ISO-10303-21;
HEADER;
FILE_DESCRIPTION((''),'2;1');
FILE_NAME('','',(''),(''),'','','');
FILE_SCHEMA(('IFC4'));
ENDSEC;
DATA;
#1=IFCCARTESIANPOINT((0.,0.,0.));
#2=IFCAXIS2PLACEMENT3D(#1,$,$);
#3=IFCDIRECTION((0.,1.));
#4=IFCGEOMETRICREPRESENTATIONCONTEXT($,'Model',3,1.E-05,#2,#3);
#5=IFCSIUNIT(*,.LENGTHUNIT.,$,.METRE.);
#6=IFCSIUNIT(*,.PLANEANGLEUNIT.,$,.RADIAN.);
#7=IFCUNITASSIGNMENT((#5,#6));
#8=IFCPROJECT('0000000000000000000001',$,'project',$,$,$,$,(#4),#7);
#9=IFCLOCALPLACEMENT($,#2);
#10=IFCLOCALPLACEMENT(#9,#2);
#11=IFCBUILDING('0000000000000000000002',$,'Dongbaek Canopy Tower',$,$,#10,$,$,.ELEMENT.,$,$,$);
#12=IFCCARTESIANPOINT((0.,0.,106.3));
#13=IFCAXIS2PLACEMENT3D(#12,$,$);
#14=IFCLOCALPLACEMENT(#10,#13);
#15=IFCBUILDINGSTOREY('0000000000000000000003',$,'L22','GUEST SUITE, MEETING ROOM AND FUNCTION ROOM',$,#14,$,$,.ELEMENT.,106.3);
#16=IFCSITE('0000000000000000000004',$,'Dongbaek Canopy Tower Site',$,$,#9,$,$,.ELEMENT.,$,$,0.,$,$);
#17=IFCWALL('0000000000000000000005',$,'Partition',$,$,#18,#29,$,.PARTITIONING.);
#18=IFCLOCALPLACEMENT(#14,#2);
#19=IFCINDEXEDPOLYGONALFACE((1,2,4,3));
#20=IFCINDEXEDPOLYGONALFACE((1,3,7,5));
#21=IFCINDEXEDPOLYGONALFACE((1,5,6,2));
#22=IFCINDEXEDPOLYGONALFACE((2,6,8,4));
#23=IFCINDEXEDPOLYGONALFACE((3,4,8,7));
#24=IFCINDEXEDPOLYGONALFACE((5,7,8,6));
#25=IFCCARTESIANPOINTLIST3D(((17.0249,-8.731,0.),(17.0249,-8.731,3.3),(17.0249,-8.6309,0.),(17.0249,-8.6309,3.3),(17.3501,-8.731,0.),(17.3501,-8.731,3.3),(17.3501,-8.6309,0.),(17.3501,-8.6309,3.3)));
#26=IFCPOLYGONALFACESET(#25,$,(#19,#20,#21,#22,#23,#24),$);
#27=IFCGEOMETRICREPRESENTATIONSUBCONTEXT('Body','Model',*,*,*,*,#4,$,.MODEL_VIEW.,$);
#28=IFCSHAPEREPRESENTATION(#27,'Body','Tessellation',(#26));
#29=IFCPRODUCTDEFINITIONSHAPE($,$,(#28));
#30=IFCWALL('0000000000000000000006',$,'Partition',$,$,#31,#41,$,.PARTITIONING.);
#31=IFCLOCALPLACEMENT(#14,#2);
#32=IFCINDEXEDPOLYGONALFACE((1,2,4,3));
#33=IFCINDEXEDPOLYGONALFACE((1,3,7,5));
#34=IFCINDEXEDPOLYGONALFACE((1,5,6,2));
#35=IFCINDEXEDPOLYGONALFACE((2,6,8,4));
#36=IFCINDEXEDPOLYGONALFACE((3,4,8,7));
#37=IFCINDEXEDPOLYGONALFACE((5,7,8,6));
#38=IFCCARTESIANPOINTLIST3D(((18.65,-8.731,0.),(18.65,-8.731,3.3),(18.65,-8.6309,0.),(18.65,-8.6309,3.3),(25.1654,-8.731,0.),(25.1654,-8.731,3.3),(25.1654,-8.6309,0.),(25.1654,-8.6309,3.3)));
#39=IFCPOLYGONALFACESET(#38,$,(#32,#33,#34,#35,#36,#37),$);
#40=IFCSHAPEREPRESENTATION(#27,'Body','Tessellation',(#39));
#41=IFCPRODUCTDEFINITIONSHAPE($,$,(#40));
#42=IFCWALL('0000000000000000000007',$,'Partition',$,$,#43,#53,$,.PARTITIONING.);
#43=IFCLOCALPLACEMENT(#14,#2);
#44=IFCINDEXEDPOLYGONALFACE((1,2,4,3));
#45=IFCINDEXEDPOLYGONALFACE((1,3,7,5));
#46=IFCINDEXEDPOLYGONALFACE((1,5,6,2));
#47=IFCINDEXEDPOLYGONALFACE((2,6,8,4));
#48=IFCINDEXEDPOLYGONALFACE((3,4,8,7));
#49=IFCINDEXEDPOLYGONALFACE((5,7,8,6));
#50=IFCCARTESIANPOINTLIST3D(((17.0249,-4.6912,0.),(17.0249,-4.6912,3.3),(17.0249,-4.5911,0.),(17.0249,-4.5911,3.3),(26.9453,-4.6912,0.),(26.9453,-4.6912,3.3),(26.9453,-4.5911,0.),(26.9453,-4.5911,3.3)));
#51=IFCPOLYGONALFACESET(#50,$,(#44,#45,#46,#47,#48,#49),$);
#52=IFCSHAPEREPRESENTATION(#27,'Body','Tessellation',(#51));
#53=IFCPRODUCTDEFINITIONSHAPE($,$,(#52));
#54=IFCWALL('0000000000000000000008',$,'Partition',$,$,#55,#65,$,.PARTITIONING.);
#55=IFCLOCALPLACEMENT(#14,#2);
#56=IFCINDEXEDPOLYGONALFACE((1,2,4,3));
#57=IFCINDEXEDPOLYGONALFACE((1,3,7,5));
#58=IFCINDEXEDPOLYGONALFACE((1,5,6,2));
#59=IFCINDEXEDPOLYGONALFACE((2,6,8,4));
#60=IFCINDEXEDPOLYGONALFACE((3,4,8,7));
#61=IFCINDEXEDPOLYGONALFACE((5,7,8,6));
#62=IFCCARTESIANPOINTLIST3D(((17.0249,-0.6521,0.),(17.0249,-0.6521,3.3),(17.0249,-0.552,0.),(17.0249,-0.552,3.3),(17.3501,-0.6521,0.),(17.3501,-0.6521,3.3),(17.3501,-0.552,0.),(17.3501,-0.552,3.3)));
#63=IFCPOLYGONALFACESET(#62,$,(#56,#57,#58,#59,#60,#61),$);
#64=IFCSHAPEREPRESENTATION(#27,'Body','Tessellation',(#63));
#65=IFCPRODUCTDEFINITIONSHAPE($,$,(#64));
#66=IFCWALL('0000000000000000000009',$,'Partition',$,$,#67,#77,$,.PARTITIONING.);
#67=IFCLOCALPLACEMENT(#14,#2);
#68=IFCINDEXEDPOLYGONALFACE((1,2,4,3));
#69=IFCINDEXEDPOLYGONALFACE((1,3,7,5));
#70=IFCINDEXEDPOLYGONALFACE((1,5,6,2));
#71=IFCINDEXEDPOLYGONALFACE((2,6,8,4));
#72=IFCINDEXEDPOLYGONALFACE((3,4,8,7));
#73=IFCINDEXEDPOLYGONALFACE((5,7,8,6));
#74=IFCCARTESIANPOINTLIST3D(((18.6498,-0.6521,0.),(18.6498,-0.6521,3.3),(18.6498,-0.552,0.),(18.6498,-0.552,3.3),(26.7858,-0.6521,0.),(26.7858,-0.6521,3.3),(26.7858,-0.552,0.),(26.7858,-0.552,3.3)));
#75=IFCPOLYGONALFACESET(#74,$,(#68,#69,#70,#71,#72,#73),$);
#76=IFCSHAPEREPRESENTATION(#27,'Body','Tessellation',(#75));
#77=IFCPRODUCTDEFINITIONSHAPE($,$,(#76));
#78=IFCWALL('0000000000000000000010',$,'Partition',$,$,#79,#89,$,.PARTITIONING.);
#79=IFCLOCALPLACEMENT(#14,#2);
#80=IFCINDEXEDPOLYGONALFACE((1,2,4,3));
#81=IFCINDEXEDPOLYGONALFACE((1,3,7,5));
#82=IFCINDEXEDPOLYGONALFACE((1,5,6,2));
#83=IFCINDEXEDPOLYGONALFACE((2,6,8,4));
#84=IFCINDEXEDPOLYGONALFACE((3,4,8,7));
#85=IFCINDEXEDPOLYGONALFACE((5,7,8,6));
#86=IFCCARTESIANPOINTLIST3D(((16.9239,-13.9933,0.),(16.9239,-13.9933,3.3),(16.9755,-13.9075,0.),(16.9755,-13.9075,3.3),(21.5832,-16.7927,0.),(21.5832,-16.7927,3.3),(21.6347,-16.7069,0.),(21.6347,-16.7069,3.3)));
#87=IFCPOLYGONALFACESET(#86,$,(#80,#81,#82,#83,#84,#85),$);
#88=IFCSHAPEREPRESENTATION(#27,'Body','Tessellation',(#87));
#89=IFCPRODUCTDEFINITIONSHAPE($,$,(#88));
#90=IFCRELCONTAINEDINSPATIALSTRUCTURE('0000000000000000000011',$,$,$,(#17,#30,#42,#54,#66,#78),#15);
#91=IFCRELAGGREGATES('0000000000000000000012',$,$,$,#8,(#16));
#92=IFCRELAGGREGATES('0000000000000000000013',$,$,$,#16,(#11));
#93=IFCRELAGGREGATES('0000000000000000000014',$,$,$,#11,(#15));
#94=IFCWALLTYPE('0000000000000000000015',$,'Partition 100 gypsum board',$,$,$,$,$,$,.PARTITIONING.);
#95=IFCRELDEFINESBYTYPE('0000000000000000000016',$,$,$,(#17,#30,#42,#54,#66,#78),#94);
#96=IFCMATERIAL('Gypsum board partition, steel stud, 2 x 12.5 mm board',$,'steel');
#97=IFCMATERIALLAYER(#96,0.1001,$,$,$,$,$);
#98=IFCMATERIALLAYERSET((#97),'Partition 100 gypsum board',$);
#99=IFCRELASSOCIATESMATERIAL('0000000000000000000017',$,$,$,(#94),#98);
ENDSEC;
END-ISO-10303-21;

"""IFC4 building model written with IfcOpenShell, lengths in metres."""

from ifc_helpers import new_model, si_unit, direction, frame, frame_2d, origin, place, context, subcontext, project, spatial, rectangle, extrude, material, layer, layer_set, type_object, element, save


model = new_model("IFC4")

# Units and contexts
model_context = context("Model", 3, precision=1e-05, world=origin(), true_north=direction((0.0, 1.0)))
body_context = subcontext(model_context, "Body", "Model", "MODEL_VIEW")
ifc_project = project(units=[si_unit("LENGTHUNIT", "METRE"), si_unit("PLANEANGLEUNIT", "RADIAN")], contexts=[model_context])

# Site, building, storey
site_placement = place(None, origin())
site = spatial("IfcSite", under=ifc_project, at=site_placement, Name="Dongbaek Canopy Tower Site", CompositionType="ELEMENT", RefElevation=0.0)
building_placement = place(site_placement, origin())
building = spatial("IfcBuilding", under=site, at=building_placement, Name="Dongbaek Canopy Tower", CompositionType="ELEMENT")
storey_placement = place(building_placement, frame((0.0, 0.0, 106.3)))
storey = spatial("IfcBuildingStorey", under=building, at=storey_placement, Name="L22", Description="GUEST SUITE, MEETING ROOM AND FUNCTION ROOM", CompositionType="ELEMENT", Elevation=106.3)

# Walls
ifc_material_1 = material(Name="Gypsum board partition, steel stud, 2 x 12.5 mm board", Category="steel")
ifc_layer_1 = layer(ifc_material_1, 0.1001)
ifc_layer_set_1 = layer_set([ifc_layer_1], Name="Partition 100 gypsum board")
wall_type_1 = type_object("IfcWallType", Name="Partition 100 gypsum board", PredefinedType="PARTITIONING", material=ifc_layer_set_1)
wall_1_placement = place(storey_placement, frame((17.0249, -8.6809, 0.0), z_axis=(0.0, 0.0, 1.0), x_axis=(1.0, 0.0, 0.0)))
element("IfcWall", 1, at=wall_1_placement, inside=storey, type_object=wall_type_1, Name="Partition", PredefinedType="PARTITIONING", context=body_context, shape_type="SweptSolid", body=[
    extrude(rectangle(XDim=0.3252, YDim=0.1001, at=frame_2d((0.1626, 0.0))), origin(), (0.0, 0.0, 1.0), 3.3),
])
wall_2_placement = place(storey_placement, frame((18.6499, -8.6809, 0.0), z_axis=(0.0, 0.0, 1.0), x_axis=(1.0, 0.0, 0.0)))
element("IfcWall", 2, at=wall_2_placement, inside=storey, type_object=wall_type_1, Name="Partition", PredefinedType="PARTITIONING", context=body_context, shape_type="SweptSolid", body=[
    extrude(rectangle(XDim=6.5154, YDim=0.1001, at=frame_2d((3.2578, 0.0))), origin(), (0.0, 0.0, 1.0), 3.3),
])
wall_3_placement = place(storey_placement, frame((17.0249, -4.6411, 0.0), z_axis=(0.0, 0.0, 1.0), x_axis=(1.0, 0.0, 0.0)))
element("IfcWall", 3, at=wall_3_placement, inside=storey, type_object=wall_type_1, Name="Partition", PredefinedType="PARTITIONING", context=body_context, shape_type="SweptSolid", body=[
    extrude(rectangle(XDim=9.9204, YDim=0.1001, at=frame_2d((4.9602, 0.0))), origin(), (0.0, 0.0, 1.0), 3.3),
])
wall_4_placement = place(storey_placement, frame((17.0249, -0.6021, 0.0), z_axis=(0.0, 0.0, 1.0), x_axis=(1.0, 0.0, 0.0)))
element("IfcWall", 4, at=wall_4_placement, inside=storey, type_object=wall_type_1, Name="Partition", PredefinedType="PARTITIONING", context=body_context, shape_type="SweptSolid", body=[
    extrude(rectangle(XDim=0.3252, YDim=0.1001, at=frame_2d((0.1626, 0.0))), origin(), (0.0, 0.0, 1.0), 3.3),
])
wall_5_placement = place(storey_placement, frame((18.6499, -0.6021, 0.0), z_axis=(0.0, 0.0, 1.0), x_axis=(1.0, 0.0, 0.0)))
element("IfcWall", 5, at=wall_5_placement, inside=storey, type_object=wall_type_1, Name="Partition", PredefinedType="PARTITIONING", context=body_context, shape_type="SweptSolid", body=[
    extrude(rectangle(XDim=8.136, YDim=0.1001, at=frame_2d((4.0679, 0.0))), origin(), (0.0, 0.0, 1.0), 3.3),
])
wall_6_placement = place(storey_placement, frame((16.9497, -13.9504, 0.0), z_axis=(0.0, 0.0, 1.0), x_axis=(0.857184, -0.515011, 0.0)))
element("IfcWall", 6, at=wall_6_placement, inside=storey, type_object=wall_type_1, Name="Partition", PredefinedType="PARTITIONING", context=body_context, shape_type="SweptSolid", body=[
    extrude(rectangle(XDim=5.4355, YDim=0.1001, at=frame_2d((2.7178, 0.0))), origin(), (0.0, 0.0, 1.0), 3.3),
])

save(model, "model.ifc")
